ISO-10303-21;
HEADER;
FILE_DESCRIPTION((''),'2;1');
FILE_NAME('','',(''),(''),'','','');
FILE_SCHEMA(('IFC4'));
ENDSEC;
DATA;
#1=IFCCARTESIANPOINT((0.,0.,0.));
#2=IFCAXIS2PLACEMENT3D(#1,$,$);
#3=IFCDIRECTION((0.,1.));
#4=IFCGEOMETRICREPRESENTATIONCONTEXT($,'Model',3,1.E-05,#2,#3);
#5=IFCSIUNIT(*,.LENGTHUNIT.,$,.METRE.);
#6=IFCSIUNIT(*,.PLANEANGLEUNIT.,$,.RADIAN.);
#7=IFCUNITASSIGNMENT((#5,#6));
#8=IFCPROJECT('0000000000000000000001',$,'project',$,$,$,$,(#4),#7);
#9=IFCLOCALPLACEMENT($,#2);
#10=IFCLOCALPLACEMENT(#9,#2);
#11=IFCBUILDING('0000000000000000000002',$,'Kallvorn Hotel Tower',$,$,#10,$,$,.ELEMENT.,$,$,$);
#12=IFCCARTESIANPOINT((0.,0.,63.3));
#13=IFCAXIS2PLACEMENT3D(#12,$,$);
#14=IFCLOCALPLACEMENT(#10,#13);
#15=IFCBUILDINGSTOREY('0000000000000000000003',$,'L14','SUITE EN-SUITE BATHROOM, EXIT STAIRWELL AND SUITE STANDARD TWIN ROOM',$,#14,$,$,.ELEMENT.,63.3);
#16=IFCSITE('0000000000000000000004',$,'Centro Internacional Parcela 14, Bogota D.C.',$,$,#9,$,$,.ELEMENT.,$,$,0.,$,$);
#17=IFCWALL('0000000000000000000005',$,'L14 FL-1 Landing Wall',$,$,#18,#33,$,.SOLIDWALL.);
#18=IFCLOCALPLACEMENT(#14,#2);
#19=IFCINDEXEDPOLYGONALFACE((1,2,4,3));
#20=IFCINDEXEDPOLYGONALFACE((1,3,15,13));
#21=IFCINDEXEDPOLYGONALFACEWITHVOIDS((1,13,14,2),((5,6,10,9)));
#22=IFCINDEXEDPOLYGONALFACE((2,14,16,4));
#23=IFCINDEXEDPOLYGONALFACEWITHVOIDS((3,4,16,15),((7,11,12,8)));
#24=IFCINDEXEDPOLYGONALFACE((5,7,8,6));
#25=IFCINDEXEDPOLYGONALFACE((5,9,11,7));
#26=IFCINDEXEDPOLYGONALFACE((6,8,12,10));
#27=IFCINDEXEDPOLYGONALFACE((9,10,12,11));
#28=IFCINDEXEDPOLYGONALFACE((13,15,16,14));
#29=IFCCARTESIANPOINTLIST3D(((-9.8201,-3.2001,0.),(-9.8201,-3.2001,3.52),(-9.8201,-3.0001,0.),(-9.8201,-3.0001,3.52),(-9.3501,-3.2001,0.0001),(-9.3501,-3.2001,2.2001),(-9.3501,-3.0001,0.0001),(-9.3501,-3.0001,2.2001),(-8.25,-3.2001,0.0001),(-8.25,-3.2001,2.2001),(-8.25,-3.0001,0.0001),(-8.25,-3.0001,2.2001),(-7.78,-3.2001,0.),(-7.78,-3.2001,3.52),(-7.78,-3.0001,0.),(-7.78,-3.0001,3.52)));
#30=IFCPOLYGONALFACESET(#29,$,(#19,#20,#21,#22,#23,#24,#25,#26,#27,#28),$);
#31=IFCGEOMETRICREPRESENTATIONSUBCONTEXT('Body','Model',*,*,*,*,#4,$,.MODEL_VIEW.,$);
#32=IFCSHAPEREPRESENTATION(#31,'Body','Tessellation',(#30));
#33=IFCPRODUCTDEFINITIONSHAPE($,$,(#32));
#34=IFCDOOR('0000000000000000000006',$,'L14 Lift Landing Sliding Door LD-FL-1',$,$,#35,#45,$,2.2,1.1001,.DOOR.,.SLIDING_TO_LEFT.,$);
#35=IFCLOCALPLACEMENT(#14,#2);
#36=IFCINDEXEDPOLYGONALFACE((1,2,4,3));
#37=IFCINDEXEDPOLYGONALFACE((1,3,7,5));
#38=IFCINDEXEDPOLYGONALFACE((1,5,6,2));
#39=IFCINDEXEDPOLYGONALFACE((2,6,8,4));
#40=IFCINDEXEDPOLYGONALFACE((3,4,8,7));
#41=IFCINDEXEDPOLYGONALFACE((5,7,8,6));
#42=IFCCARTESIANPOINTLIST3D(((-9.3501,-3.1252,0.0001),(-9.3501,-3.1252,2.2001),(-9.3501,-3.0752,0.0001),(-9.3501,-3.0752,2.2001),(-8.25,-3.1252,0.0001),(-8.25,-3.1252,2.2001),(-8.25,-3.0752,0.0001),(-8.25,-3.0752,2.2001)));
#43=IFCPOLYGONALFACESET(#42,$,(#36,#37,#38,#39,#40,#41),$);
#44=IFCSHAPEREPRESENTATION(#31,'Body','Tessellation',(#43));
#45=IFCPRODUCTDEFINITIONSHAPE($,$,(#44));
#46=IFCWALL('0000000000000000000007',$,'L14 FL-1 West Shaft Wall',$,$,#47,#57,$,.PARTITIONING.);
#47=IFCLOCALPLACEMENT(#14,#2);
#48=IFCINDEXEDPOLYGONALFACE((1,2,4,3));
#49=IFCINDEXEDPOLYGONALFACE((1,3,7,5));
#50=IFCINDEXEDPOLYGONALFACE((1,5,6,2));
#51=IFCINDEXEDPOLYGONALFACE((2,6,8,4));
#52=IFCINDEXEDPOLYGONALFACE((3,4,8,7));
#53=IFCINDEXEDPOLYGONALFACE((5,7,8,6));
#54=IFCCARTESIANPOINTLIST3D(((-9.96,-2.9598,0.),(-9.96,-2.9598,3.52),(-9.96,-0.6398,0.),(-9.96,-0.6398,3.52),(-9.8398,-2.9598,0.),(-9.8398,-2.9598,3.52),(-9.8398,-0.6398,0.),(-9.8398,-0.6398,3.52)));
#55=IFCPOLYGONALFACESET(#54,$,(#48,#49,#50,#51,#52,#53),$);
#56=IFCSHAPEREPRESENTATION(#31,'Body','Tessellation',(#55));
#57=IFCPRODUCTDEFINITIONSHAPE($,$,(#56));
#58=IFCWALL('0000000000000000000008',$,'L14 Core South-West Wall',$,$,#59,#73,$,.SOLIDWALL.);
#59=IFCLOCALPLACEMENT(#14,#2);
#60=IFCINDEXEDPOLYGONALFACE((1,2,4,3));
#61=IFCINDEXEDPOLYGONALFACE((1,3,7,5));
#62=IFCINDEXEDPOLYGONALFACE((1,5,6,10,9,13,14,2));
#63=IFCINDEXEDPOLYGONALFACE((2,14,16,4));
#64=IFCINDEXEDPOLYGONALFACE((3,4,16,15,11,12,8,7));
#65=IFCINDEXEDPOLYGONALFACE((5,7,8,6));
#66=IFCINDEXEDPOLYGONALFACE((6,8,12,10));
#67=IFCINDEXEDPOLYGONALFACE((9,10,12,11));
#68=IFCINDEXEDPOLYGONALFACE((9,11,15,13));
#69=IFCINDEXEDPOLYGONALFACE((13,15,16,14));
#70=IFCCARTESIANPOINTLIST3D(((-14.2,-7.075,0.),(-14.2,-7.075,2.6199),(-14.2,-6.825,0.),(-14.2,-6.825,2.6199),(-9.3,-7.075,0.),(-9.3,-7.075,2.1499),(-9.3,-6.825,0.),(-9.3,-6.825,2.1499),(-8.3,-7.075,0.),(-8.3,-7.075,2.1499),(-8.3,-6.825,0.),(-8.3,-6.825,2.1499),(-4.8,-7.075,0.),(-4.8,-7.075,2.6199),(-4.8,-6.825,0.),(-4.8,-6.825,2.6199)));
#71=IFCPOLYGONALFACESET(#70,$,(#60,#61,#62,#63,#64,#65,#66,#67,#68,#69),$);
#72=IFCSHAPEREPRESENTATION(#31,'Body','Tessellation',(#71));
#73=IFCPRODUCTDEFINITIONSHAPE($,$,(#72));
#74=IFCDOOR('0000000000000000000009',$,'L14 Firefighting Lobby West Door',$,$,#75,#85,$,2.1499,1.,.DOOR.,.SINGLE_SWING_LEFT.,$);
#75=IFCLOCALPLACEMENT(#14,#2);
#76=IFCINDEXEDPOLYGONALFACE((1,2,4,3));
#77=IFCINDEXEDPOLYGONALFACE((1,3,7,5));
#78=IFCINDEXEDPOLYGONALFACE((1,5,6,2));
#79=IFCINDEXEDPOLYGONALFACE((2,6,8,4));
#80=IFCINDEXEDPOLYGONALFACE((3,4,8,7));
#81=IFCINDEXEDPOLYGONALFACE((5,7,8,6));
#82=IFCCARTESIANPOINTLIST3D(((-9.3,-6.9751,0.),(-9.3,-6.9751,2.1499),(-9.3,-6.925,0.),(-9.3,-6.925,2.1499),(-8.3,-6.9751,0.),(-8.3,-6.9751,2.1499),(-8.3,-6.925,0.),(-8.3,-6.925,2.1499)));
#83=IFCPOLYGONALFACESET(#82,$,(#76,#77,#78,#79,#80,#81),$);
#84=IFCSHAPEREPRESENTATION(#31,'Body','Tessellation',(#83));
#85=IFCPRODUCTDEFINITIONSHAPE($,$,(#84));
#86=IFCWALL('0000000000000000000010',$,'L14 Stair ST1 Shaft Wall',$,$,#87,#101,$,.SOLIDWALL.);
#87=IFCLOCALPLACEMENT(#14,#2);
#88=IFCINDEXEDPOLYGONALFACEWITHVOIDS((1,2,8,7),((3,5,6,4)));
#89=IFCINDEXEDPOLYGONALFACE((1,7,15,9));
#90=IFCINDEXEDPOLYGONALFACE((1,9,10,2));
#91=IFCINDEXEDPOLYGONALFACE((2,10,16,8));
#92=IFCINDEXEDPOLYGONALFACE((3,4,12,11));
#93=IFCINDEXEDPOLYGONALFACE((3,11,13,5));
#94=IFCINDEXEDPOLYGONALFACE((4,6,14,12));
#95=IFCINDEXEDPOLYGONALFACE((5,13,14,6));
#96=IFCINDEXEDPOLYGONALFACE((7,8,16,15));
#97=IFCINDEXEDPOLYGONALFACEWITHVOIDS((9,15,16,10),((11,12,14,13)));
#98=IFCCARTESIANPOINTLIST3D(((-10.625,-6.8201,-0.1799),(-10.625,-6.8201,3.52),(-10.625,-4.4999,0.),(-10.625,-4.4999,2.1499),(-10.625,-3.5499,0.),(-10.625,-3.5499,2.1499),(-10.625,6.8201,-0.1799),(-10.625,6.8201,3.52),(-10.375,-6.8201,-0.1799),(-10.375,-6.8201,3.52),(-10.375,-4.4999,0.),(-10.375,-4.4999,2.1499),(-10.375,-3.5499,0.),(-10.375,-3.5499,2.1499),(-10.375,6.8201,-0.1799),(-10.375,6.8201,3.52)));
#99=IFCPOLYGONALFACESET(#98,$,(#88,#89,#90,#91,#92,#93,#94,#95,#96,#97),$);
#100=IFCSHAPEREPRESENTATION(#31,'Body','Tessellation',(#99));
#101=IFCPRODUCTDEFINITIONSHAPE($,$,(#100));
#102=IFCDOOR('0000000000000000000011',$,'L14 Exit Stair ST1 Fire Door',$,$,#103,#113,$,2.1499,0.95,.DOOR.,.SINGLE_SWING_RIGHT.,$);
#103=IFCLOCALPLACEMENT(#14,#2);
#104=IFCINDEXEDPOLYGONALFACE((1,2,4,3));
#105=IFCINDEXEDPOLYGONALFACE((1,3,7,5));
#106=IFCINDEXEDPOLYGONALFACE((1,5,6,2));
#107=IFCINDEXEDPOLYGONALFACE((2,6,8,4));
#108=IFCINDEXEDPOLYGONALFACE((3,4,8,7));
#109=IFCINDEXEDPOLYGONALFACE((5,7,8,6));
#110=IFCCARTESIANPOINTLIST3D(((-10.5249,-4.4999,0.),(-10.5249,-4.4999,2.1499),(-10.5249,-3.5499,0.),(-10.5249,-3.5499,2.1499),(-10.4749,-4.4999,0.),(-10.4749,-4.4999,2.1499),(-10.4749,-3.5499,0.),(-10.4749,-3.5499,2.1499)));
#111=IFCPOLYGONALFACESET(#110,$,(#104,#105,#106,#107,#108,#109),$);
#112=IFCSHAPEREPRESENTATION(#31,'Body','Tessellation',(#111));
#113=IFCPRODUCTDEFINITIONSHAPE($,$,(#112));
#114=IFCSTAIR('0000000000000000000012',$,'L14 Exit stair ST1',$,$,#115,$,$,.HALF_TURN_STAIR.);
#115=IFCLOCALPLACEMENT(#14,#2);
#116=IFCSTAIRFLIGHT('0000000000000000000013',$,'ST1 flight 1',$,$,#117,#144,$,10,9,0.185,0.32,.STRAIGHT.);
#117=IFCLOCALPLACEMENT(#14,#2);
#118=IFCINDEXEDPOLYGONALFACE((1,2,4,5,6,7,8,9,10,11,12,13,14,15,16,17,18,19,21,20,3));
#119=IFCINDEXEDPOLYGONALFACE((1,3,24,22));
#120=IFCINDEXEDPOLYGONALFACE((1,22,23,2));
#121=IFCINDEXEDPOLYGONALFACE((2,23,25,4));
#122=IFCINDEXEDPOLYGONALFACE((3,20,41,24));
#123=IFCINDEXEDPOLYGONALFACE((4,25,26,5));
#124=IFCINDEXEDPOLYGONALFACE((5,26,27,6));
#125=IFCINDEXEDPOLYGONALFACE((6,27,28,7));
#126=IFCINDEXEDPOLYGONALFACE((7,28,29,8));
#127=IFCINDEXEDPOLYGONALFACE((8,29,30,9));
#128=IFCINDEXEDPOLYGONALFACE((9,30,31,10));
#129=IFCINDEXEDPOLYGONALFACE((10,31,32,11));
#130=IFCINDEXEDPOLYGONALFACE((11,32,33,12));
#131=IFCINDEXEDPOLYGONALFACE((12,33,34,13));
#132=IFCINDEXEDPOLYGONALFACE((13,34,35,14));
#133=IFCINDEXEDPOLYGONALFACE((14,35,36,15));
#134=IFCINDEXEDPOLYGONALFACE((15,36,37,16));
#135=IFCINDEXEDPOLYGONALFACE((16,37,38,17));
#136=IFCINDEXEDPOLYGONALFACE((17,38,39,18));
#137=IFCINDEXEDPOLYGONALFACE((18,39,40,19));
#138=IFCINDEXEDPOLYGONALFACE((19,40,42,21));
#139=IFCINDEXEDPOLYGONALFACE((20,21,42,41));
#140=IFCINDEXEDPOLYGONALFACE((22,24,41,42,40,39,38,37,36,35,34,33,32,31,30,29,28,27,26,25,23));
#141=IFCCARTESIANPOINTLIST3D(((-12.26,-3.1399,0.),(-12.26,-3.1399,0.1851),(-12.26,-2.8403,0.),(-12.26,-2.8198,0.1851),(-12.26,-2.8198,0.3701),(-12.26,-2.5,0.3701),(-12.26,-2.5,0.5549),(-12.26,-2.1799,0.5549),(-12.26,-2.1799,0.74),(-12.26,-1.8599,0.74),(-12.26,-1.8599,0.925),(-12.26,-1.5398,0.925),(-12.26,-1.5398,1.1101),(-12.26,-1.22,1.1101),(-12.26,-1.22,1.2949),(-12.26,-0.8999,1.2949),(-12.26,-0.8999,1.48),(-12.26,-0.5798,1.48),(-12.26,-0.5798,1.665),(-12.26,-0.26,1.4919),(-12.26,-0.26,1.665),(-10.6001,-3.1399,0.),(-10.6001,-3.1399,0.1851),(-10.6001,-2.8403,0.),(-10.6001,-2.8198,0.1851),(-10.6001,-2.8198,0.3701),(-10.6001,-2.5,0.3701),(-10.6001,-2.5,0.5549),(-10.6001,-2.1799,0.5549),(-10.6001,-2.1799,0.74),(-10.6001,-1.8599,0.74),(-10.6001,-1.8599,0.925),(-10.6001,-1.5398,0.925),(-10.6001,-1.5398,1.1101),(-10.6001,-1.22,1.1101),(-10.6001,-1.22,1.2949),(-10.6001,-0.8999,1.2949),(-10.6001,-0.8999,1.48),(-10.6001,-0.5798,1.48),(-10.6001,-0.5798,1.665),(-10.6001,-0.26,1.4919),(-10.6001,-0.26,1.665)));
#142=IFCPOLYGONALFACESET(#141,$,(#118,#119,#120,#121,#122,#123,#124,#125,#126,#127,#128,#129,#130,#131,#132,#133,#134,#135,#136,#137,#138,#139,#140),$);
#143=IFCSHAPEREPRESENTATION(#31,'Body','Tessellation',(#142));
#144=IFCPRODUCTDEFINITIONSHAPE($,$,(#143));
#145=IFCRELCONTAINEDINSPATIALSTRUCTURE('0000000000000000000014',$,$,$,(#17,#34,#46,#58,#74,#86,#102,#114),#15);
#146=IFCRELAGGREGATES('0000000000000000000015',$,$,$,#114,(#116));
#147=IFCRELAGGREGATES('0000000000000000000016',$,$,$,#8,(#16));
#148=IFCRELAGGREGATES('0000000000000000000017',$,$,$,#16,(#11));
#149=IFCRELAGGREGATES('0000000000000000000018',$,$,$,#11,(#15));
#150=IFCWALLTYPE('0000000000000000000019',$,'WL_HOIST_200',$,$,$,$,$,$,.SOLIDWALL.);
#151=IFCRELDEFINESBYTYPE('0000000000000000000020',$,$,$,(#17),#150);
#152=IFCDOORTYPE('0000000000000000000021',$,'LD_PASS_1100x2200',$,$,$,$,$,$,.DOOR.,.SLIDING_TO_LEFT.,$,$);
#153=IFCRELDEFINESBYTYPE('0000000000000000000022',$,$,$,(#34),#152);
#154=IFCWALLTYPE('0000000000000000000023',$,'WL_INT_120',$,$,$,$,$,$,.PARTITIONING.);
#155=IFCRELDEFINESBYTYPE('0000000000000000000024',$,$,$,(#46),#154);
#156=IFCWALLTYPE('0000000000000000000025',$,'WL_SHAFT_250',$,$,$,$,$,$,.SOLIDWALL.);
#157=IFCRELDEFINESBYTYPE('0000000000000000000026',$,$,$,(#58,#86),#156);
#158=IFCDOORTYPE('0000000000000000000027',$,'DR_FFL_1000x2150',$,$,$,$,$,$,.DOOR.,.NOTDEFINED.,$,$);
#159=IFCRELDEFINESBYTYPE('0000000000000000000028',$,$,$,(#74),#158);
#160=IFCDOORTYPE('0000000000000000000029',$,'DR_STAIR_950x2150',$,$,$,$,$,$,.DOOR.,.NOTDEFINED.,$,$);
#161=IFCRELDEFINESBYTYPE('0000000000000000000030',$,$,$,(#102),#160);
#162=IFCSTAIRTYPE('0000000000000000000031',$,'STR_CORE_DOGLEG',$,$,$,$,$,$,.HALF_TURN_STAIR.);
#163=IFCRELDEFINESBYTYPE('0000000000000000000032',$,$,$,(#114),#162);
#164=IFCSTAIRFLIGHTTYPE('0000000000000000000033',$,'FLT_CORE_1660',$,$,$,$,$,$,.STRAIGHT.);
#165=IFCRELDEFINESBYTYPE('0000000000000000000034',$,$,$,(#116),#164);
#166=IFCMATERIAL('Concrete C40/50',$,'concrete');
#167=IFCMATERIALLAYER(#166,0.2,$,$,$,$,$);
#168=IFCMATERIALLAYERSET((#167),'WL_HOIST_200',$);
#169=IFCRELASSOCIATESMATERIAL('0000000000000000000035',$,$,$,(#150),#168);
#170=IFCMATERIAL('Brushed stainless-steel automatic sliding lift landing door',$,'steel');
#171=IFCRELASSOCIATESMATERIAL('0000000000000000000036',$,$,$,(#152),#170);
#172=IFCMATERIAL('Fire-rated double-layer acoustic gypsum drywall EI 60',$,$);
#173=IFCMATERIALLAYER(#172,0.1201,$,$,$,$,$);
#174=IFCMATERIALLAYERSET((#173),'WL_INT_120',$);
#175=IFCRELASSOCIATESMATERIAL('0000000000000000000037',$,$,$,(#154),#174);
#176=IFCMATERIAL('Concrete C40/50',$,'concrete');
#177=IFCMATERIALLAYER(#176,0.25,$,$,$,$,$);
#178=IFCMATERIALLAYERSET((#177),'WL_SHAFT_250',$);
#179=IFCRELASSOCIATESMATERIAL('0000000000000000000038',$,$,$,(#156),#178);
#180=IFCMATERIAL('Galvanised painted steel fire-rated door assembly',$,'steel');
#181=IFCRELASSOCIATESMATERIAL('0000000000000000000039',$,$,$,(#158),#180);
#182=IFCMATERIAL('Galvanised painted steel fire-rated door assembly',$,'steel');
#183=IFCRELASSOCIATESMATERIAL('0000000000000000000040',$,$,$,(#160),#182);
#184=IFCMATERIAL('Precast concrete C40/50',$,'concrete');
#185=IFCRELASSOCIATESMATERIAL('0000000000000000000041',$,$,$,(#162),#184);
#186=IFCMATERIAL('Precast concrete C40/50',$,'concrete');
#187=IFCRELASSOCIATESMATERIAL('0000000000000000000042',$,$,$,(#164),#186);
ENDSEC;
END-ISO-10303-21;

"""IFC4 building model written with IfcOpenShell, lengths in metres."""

from ifc_helpers import new_model, si_unit, direction, frame, frame_2d, origin, place, context, subcontext, project, spatial, polyline, rectangle, outline, extrude, material, layer, layer_set, type_object, element, fill, aggregate, save


model = new_model("IFC4")

# Units and contexts
model_context = context("Model", 3, precision=1e-05, world=origin(), true_north=direction((0.0, 1.0)))
body_context = subcontext(model_context, "Body", "Model", "MODEL_VIEW")
ifc_project = project(units=[si_unit("LENGTHUNIT", "METRE"), si_unit("PLANEANGLEUNIT", "RADIAN")], contexts=[model_context])

# Site, building, storey
site_placement = place(None, origin())
site = spatial("IfcSite", under=ifc_project, at=site_placement, Name="Centro Internacional Parcela 14, Bogota D.C.", CompositionType="ELEMENT", RefElevation=0.0)
building_placement = place(site_placement, origin())
building = spatial("IfcBuilding", under=site, at=building_placement, Name="Kallvorn Hotel Tower", CompositionType="ELEMENT")
storey_placement = place(building_placement, frame((0.0, 0.0, 63.3)))
storey = spatial("IfcBuildingStorey", under=building, at=storey_placement, Name="L14", Description="SUITE EN-SUITE BATHROOM, EXIT STAIRWELL AND SUITE STANDARD TWIN ROOM", CompositionType="ELEMENT", Elevation=63.3)

# Shared definitions
ifc_material_1 = material(Name="Concrete C40/50", Category="concrete")
ifc_layer_1 = layer(ifc_material_1, 0.2)
ifc_layer_set_1 = layer_set([ifc_layer_1], Name="WL_HOIST_200")
wall_type_1 = type_object("IfcWallType", Name="WL_HOIST_200", PredefinedType="SOLIDWALL", material=ifc_layer_set_1)

# Wall, opening, door
wall_1_placement = place(storey_placement, frame((-9.8201, -3.1001, 0.0), z_axis=(0.0, 0.0, 1.0), x_axis=(1.0, 0.0, 0.0)))
wall_1 = element("IfcWall", 1, at=wall_1_placement, inside=storey, type_object=wall_type_1, Name="L14 FL-1 Landing Wall", PredefinedType="SOLIDWALL", context=body_context, shape_type="SweptSolid", body=[
    extrude(rectangle(XDim=2.04, YDim=0.2, at=frame_2d((1.02, 0.0))), origin(), (0.0, 0.0, 1.0), 3.52),
])
opening_1_placement = place(wall_1_placement, frame((0.47, 0.0, 0.0)))
opening_1 = element("IfcOpeningElement", 2, at=opening_1_placement, cuts=wall_1, PredefinedType="OPENING", context=body_context, shape_type="SweptSolid", body=[
    extrude(rectangle(XDim=1.1001, YDim=2.2, at=frame_2d((0.55, 1.1001))), frame((0.0, 0.115, 0.0), z_axis=(0.0, -1.0, 0.0), x_axis=(1.0, 0.0, 0.0)), (0.0, 0.0, 1.0), 0.23),
])
ifc_material_2 = material(Name="Brushed stainless-steel automatic sliding lift landing door", Category="steel")
door_type_1 = type_object("IfcDoorType", Name="LD_PASS_1100x2200", OperationType="SLIDING_TO_LEFT", PredefinedType="DOOR", material=ifc_material_2)
door_1_placement = place(opening_1_placement, origin())
door_1 = element("IfcDoor", 3, at=door_1_placement, inside=storey, type_object=door_type_1, Name="L14 Lift Landing Sliding Door LD-FL-1", OperationType="SLIDING_TO_LEFT", OverallHeight=2.2, OverallWidth=1.1001, PredefinedType="DOOR", context=body_context, shape_type="SweptSolid", body=[
    extrude(rectangle(XDim=1.1001, YDim=2.2, at=frame_2d((0.55, 1.1001))), frame((0.0, 0.0249, 0.0), z_axis=(0.0, -1.0, 0.0), x_axis=(1.0, 0.0, 0.0)), (0.0, 0.0, 1.0), 0.05),
])
fill(opening_1, door_1)

# Wall
ifc_material_3 = material(Name="Fire-rated double-layer acoustic gypsum drywall EI 60")
ifc_layer_2 = layer(ifc_material_3, 0.1201)
ifc_layer_set_2 = layer_set([ifc_layer_2], Name="WL_INT_120")
wall_type_2 = type_object("IfcWallType", Name="WL_INT_120", PredefinedType="PARTITIONING", material=ifc_layer_set_2)
wall_2_placement = place(storey_placement, frame((-9.8999, -2.96, 0.0), z_axis=(0.0, 0.0, 1.0), x_axis=(0.0, 1.0, 0.0)))
element("IfcWall", 4, at=wall_2_placement, inside=storey, type_object=wall_type_2, Name="L14 FL-1 West Shaft Wall", PredefinedType="PARTITIONING", context=body_context, shape_type="SweptSolid", body=[
    extrude(rectangle(XDim=2.3201, YDim=0.1201, at=frame_2d((1.1602, 0.0))), origin(), (0.0, 0.0, 1.0), 3.52),
])

# Walls, openings, doors
ifc_material_4 = material(Name="Concrete C40/50", Category="concrete")
ifc_layer_3 = layer(ifc_material_4, 0.25)
ifc_layer_set_3 = layer_set([ifc_layer_3], Name="WL_SHAFT_250")
wall_type_3 = type_object("IfcWallType", Name="WL_SHAFT_250", PredefinedType="SOLIDWALL", material=ifc_layer_set_3)
wall_3_placement = place(storey_placement, frame((-14.2, -6.95, 0.0), z_axis=(0.0, 0.0, 1.0), x_axis=(1.0, 0.0, 0.0)))
wall_3 = element("IfcWall", 5, at=wall_3_placement, inside=storey, type_object=wall_type_3, Name="L14 Core South-West Wall", PredefinedType="SOLIDWALL", context=body_context, shape_type="SweptSolid", body=[
    extrude(rectangle(XDim=9.3999, YDim=0.25, at=frame_2d((4.7, 0.0))), origin(), (0.0, 0.0, 1.0), 2.6199),
])
opening_2_placement = place(wall_3_placement, frame((4.8999, 0.0, 0.0)))
opening_2 = element("IfcOpeningElement", 6, at=opening_2_placement, cuts=wall_3, PredefinedType="OPENING", context=body_context, shape_type="SweptSolid", body=[
    extrude(rectangle(XDim=1.0, YDim=2.1499, at=frame_2d((0.5, 1.075))), frame((0.0, 0.1399, 0.0), z_axis=(0.0, -1.0, 0.0), x_axis=(1.0, 0.0, 0.0)), (0.0, 0.0, 1.0), 0.28),
])
ifc_material_5 = material(Name="Galvanised painted steel fire-rated door assembly", Category="steel")
door_type_2 = type_object("IfcDoorType", Name="DR_FFL_1000x2150", OperationType="NOTDEFINED", PredefinedType="DOOR", material=ifc_material_5)
door_2_placement = place(opening_2_placement, origin())
door_2 = element("IfcDoor", 7, at=door_2_placement, inside=storey, type_object=door_type_2, Name="L14 Firefighting Lobby West Door", OperationType="SINGLE_SWING_LEFT", OverallHeight=2.1499, OverallWidth=1.0, PredefinedType="DOOR", context=body_context, shape_type="SweptSolid", body=[
    extrude(rectangle(XDim=1.0, YDim=2.1499, at=frame_2d((0.5, 1.075))), frame((0.0, 0.0249, 0.0), z_axis=(0.0, -1.0, 0.0), x_axis=(1.0, 0.0, 0.0)), (0.0, 0.0, 1.0), 0.05),
])
fill(opening_2, door_2)
wall_4_placement = place(storey_placement, frame((-10.5, -6.8201, -0.1799), z_axis=(0.0, 0.0, 1.0), x_axis=(0.0, 1.0, 0.0)))
wall_4 = element("IfcWall", 8, at=wall_4_placement, inside=storey, type_object=wall_type_3, Name="L14 Stair ST1 Shaft Wall", PredefinedType="SOLIDWALL", context=body_context, shape_type="SweptSolid", body=[
    extrude(rectangle(XDim=13.6401, YDim=0.25, at=frame_2d((6.8201, 0.0))), origin(), (0.0, 0.0, 1.0), 3.7),
])
opening_3_placement = place(wall_4_placement, frame((2.3201, 0.0, 0.1799)))
opening_3 = element("IfcOpeningElement", 9, at=opening_3_placement, cuts=wall_4, PredefinedType="OPENING", context=body_context, shape_type="SweptSolid", body=[
    extrude(rectangle(XDim=0.95, YDim=2.1499, at=frame_2d((0.4751, 1.075))), frame((0.0, 0.1399, 0.0), z_axis=(0.0, -1.0, 0.0), x_axis=(1.0, 0.0, 0.0)), (0.0, 0.0, 1.0), 0.28),
])
ifc_material_6 = material(Name="Galvanised painted steel fire-rated door assembly", Category="steel")
door_type_3 = type_object("IfcDoorType", Name="DR_STAIR_950x2150", OperationType="NOTDEFINED", PredefinedType="DOOR", material=ifc_material_6)
door_3_placement = place(opening_3_placement, origin())
door_3 = element("IfcDoor", 10, at=door_3_placement, inside=storey, type_object=door_type_3, Name="L14 Exit Stair ST1 Fire Door", OperationType="SINGLE_SWING_RIGHT", OverallHeight=2.1499, OverallWidth=0.95, PredefinedType="DOOR", context=body_context, shape_type="SweptSolid", body=[
    extrude(rectangle(XDim=0.95, YDim=2.1499, at=frame_2d((0.4751, 1.075))), frame((0.0, 0.0249, 0.0), z_axis=(0.0, -1.0, 0.0), x_axis=(1.0, 0.0, 0.0)), (0.0, 0.0, 1.0), 0.05),
])
fill(opening_3, door_3)

# Stair, stair flight
ifc_material_7 = material(Name="Precast concrete C40/50", Category="concrete")
stair_type = type_object("IfcStairType", Name="STR_CORE_DOGLEG", PredefinedType="HALF_TURN_STAIR", material=ifc_material_7)
stair_placement = place(storey_placement, origin())
stair = element("IfcStair", 11, at=stair_placement, inside=storey, type_object=stair_type, Name="L14 Exit stair ST1", PredefinedType="HALF_TURN_STAIR")
ifc_material_8 = material(Name="Precast concrete C40/50", Category="concrete")
stair_flight_type = type_object("IfcStairFlightType", Name="FLT_CORE_1660", PredefinedType="STRAIGHT", material=ifc_material_8)
stair_flight_placement = place(storey_placement, frame((-11.4299, -3.1399, 0.0), z_axis=(0.0, 0.0, 1.0), x_axis=(0.0, 1.0, 0.0)))
stair_flight = element("IfcStairFlight", 12, at=stair_flight_placement, type_object=stair_flight_type, Name="ST1 flight 1", NumberOfRisers=10, NumberOfTreads=9, PredefinedType="STRAIGHT", RiserHeight=0.185, TreadLength=0.32, context=body_context, shape_type="SweptSolid", body=[
    extrude(outline(polyline([(0.0, 0.0), (0.0, 0.1851), (0.3201, 0.1851), (0.3201, 0.3701), (0.6399, 0.3701), (0.6399, 0.5549), (0.96, 0.5549), (0.96, 0.74), (1.28, 0.74), (1.28, 0.925), (1.6001, 0.925), (1.6001, 1.1101), (1.9199, 1.1101), (1.9199, 1.2949), (2.24, 1.2949), (2.24, 1.48), (2.5601, 1.48), (2.5601, 1.665), (2.8799, 1.665), (2.8799, 1.8501), (2.8799, 1.4919), (0.2996, 0.0), (0.0, 0.0)])), frame((0.0, 0.8301, 0.0), z_axis=(0.0, -1.0, 0.0), x_axis=(1.0, 0.0, 0.0)), (0.0, 0.0, 1.0), 1.6599),
])
aggregate(stair, [stair_flight])

save(model, "model.ifc")
